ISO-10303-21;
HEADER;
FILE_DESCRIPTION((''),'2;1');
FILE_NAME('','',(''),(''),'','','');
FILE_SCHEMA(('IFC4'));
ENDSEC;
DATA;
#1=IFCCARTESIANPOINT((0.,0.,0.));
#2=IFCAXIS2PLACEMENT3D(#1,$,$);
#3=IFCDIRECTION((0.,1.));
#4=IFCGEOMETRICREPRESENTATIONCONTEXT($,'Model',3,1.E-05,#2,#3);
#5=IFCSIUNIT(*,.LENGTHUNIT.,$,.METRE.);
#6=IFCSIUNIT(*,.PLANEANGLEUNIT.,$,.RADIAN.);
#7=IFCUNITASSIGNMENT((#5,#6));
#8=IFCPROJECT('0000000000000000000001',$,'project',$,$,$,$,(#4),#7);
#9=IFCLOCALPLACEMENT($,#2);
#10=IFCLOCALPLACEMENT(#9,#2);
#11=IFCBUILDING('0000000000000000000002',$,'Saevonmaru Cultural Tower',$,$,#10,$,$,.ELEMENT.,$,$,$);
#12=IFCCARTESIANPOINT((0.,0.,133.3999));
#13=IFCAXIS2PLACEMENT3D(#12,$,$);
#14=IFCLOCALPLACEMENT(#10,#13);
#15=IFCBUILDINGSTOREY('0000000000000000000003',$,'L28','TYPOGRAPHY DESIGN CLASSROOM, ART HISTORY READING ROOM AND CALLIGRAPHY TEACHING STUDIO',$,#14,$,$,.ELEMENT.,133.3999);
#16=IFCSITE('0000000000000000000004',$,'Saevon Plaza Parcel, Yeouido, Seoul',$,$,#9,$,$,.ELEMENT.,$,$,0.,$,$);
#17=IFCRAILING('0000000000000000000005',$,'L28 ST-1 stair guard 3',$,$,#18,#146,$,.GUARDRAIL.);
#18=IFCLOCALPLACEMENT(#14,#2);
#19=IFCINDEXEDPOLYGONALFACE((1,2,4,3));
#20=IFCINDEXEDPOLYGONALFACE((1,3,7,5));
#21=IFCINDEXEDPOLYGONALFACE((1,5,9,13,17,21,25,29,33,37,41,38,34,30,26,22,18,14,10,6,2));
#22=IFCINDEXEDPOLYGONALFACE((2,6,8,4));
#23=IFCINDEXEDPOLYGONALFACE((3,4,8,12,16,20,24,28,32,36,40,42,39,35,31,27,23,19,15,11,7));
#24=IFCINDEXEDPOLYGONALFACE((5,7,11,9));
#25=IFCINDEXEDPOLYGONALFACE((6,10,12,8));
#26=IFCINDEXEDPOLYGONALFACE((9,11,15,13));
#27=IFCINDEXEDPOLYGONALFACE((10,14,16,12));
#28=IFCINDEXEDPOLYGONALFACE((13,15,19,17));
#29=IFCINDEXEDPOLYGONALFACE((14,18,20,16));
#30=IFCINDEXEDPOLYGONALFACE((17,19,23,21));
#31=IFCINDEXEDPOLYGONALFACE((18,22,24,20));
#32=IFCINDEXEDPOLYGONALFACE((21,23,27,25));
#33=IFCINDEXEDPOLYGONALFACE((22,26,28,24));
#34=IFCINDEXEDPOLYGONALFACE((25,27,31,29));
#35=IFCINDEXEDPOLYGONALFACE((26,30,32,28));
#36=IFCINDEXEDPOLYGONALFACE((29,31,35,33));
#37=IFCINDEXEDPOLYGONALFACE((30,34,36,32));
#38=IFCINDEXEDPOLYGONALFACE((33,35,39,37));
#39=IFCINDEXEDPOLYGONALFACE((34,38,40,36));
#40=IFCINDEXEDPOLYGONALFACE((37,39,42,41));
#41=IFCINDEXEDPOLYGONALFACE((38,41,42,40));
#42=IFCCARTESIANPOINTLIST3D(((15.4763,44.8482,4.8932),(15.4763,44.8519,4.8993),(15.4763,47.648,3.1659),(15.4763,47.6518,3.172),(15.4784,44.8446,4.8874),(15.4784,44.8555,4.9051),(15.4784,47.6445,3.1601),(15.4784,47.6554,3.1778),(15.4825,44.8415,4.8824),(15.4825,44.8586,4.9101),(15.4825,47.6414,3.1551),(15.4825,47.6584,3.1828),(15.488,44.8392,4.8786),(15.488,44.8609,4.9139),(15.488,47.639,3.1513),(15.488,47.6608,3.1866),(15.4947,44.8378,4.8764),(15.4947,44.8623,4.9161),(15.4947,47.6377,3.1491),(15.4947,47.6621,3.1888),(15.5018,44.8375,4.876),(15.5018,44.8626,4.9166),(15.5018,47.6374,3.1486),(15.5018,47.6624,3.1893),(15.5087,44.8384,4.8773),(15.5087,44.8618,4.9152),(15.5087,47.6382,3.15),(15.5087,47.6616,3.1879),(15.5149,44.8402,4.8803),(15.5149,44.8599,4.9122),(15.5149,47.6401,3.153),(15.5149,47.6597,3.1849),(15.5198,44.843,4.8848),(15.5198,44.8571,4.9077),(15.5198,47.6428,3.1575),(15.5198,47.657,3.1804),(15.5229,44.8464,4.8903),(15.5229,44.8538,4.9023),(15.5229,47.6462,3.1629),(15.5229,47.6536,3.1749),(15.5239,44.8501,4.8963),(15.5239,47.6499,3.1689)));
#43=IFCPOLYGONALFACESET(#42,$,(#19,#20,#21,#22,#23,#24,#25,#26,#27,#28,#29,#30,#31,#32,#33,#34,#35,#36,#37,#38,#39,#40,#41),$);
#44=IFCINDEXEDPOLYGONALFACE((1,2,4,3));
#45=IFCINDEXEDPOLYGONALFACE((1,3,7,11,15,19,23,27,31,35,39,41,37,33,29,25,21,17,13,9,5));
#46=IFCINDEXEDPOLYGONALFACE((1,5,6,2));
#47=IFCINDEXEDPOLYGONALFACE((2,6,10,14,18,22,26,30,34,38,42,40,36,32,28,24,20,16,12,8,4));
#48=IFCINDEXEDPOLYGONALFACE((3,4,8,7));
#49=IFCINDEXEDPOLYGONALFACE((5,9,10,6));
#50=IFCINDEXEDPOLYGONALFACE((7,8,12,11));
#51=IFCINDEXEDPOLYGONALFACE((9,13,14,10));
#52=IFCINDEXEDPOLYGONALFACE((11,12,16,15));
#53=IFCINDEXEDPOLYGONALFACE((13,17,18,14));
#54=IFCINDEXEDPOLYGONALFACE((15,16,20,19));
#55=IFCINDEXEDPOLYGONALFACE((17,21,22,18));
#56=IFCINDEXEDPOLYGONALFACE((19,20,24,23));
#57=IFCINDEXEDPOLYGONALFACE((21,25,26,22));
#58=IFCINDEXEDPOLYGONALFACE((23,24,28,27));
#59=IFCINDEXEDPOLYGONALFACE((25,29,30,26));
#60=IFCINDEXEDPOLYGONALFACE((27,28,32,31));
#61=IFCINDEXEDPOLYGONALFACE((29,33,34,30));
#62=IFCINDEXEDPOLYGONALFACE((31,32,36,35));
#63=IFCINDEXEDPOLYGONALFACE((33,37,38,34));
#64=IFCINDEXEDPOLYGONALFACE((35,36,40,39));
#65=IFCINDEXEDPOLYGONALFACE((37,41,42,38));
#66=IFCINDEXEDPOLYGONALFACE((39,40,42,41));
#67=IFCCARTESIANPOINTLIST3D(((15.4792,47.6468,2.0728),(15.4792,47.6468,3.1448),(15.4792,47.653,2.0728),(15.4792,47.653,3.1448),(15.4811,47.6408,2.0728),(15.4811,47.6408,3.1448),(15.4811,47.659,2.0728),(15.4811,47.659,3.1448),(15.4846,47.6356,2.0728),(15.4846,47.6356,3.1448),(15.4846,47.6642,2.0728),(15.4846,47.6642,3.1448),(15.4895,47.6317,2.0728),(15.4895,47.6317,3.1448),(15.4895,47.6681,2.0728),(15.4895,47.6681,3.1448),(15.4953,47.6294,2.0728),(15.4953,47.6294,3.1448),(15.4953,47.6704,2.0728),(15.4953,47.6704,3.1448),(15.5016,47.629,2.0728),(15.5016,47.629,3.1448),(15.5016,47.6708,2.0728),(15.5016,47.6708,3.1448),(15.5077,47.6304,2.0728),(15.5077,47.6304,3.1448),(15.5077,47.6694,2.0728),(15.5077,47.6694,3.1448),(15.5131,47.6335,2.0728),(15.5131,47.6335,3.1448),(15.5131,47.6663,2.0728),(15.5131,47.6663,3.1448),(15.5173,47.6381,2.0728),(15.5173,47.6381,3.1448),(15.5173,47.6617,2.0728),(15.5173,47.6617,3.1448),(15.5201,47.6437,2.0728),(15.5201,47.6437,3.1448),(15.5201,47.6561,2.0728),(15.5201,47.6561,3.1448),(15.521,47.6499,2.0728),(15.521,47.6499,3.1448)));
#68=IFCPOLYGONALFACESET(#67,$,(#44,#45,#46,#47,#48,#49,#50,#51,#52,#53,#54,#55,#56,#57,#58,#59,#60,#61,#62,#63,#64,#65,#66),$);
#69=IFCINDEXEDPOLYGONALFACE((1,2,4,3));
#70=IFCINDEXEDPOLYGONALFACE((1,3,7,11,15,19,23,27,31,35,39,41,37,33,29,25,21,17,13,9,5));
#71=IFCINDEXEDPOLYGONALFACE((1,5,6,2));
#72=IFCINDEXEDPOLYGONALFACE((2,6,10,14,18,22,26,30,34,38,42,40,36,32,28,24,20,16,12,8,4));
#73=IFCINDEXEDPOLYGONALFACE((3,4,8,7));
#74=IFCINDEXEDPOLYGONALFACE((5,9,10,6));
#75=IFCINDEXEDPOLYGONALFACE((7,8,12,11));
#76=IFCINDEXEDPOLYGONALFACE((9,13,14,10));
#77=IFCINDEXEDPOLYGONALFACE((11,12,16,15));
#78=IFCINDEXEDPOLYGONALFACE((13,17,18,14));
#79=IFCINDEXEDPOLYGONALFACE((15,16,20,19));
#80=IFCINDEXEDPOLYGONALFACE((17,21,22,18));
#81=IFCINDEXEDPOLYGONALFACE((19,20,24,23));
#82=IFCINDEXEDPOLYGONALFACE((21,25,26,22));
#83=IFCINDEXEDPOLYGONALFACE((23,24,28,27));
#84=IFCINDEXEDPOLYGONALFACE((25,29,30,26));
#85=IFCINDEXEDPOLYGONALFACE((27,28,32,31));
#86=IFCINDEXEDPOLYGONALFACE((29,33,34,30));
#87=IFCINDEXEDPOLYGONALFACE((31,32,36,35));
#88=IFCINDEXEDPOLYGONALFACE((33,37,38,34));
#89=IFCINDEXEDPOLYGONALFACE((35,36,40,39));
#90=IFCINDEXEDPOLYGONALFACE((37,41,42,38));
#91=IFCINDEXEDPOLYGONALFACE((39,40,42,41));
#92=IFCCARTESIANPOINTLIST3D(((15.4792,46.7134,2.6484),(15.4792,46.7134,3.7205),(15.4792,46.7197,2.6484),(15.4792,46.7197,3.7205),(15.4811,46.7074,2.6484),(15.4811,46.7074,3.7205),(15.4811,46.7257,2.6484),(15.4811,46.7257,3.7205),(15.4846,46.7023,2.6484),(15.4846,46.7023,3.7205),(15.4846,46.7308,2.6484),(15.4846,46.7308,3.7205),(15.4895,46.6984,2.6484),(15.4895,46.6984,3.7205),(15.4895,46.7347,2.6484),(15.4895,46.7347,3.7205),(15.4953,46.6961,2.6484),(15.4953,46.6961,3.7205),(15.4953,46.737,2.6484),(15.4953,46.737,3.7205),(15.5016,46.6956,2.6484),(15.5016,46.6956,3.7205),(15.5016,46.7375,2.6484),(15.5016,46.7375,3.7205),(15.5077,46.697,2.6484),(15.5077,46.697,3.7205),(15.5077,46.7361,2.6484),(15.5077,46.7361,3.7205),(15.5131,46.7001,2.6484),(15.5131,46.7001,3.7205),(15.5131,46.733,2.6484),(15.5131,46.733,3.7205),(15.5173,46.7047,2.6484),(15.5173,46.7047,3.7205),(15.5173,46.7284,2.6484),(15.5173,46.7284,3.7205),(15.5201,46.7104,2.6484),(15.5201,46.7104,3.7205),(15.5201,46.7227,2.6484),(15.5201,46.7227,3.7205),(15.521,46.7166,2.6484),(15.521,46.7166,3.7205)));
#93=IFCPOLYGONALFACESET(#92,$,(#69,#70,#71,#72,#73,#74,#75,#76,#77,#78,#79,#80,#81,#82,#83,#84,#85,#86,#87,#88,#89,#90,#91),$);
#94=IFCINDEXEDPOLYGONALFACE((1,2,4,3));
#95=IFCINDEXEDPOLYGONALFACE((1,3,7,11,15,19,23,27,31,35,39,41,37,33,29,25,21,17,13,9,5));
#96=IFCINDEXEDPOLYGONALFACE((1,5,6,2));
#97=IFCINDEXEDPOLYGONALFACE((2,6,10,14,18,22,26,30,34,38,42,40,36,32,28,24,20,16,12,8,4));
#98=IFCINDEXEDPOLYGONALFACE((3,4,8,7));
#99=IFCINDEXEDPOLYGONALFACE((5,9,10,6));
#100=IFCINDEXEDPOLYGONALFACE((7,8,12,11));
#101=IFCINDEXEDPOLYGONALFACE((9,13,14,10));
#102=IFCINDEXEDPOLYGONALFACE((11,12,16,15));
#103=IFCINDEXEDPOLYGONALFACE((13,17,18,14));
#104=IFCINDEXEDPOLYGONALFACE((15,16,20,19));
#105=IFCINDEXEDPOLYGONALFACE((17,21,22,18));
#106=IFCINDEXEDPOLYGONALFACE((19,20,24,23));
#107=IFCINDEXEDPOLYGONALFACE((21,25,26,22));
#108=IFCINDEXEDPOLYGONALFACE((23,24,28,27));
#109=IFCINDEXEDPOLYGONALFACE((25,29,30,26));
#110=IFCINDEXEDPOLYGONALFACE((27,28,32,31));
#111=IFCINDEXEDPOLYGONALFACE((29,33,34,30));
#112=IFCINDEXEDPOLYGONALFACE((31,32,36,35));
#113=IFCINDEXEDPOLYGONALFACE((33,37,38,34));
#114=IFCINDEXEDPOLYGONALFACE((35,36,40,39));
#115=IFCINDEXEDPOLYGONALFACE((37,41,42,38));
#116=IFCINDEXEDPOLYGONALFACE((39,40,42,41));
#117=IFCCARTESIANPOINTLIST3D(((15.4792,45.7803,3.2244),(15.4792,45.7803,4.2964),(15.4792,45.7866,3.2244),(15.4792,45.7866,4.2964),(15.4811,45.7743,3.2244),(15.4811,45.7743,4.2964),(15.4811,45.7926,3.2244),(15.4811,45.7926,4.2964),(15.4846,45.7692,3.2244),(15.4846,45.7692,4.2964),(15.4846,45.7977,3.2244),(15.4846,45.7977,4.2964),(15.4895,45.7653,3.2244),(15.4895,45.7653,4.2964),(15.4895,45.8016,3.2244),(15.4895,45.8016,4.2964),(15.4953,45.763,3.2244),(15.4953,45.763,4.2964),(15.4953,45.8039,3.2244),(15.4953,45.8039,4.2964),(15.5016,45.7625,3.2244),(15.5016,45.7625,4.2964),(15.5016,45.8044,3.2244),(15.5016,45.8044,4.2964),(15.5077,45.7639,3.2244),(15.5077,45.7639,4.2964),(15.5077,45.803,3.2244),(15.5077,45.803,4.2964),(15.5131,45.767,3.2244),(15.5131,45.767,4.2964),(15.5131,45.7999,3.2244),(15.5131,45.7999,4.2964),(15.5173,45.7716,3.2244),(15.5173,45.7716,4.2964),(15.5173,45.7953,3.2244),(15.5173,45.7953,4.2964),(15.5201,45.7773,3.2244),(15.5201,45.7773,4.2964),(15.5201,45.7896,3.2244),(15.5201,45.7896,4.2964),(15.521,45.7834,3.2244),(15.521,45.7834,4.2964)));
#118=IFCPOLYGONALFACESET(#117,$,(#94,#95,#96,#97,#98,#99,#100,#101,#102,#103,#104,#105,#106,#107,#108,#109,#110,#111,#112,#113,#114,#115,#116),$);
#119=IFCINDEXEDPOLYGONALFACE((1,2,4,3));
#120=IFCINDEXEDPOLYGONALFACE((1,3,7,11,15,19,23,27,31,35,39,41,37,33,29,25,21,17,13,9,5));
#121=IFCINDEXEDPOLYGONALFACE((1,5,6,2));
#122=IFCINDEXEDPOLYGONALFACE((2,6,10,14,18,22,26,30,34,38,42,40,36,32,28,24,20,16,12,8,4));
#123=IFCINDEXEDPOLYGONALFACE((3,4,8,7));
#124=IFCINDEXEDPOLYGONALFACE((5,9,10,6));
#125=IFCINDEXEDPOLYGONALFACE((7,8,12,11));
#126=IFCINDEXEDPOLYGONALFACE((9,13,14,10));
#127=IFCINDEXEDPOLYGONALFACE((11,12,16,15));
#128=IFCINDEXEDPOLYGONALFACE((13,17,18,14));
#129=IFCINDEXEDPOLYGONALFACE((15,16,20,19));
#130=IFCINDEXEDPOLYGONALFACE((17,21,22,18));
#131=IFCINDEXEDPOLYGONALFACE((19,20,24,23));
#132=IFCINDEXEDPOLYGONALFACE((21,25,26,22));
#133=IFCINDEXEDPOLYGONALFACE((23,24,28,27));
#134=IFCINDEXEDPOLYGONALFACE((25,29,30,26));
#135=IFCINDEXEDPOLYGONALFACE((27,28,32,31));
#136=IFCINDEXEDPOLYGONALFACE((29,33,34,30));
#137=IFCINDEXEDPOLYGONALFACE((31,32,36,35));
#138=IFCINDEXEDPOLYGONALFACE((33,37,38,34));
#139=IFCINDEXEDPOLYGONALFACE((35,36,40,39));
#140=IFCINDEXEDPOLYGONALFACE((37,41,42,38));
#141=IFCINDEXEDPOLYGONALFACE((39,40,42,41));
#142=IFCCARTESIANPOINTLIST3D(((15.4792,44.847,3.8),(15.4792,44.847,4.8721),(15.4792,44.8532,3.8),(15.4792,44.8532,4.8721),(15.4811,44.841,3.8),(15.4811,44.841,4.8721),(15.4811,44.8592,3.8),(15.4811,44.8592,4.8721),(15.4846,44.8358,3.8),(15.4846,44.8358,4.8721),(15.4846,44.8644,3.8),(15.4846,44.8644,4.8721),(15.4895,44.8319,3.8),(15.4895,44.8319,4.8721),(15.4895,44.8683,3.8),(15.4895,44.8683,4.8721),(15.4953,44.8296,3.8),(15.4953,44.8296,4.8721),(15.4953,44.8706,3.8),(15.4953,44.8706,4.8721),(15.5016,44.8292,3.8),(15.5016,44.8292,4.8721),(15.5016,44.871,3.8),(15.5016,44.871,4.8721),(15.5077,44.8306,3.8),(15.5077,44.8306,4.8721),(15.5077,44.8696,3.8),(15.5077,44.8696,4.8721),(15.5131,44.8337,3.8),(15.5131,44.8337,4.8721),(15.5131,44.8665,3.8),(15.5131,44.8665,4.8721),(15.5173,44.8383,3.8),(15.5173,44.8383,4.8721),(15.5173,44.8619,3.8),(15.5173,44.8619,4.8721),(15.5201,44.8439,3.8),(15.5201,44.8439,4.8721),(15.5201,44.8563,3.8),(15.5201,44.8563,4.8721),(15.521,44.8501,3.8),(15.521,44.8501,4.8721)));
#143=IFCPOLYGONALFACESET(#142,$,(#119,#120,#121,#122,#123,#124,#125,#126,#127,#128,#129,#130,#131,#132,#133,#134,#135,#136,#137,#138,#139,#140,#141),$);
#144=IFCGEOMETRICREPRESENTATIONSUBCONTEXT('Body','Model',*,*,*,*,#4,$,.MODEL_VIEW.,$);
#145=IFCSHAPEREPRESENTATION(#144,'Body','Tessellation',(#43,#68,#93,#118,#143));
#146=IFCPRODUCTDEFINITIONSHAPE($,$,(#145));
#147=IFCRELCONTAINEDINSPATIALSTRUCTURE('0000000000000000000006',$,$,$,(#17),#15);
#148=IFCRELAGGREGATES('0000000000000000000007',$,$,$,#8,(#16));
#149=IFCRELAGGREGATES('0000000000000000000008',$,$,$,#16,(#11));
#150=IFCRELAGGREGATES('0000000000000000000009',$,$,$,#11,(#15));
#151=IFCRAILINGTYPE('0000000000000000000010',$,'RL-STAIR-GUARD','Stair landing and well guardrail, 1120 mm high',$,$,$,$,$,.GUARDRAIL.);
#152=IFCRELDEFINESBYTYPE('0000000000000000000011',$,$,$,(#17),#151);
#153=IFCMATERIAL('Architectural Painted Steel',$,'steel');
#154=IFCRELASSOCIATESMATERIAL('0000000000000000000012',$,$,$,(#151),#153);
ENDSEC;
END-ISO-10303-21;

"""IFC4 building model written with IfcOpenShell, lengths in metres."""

from ifc_helpers import new_model, si_unit, direction, frame, origin, origin_2d, place, context, subcontext, project, spatial, circle, extrude, material, type_object, element, save


model = new_model("IFC4")

# Units and contexts
model_context = context("Model", 3, precision=1e-05, world=origin(), true_north=direction((0.0, 1.0)))
body_context = subcontext(model_context, "Body", "Model", "MODEL_VIEW")
ifc_project = project(units=[si_unit("LENGTHUNIT", "METRE"), si_unit("PLANEANGLEUNIT", "RADIAN")], contexts=[model_context])

# Site, building, storey
site_placement = place(None, origin())
site = spatial("IfcSite", under=ifc_project, at=site_placement, Name="Saevon Plaza Parcel, Yeouido, Seoul", CompositionType="ELEMENT", RefElevation=0.0)
building_placement = place(site_placement, origin())
building = spatial("IfcBuilding", under=site, at=building_placement, Name="Saevonmaru Cultural Tower", CompositionType="ELEMENT")
storey_placement = place(building_placement, frame((0.0, 0.0, 133.3999)))
storey = spatial("IfcBuildingStorey", under=building, at=storey_placement, Name="L28", Description="TYPOGRAPHY DESIGN CLASSROOM, ART HISTORY READING ROOM AND CALLIGRAPHY TEACHING STUDIO", CompositionType="ELEMENT", Elevation=133.3999)

# Railing
ifc_material_1 = material(Name="Architectural Painted Steel", Category="steel")
railing_type_1 = type_object("IfcRailingType", Name="RL-STAIR-GUARD", Description="Stair landing and well guardrail, 1120 mm high", PredefinedType="GUARDRAIL", material=ifc_material_1)
railing_1_placement = place(storey_placement, frame((15.5, 47.6499, 2.0728)))
element("IfcRailing", 1, at=railing_1_placement, inside=storey, type_object=railing_type_1, Name="L28 ST-1 stair guard 3", PredefinedType="GUARDRAIL", context=body_context, shape_type="SweptSolid", body=[
    extrude(circle(Radius=0.0239, at=origin_2d()), frame((0.0, 0.0, 1.0962), z_axis=(0.0, -0.851069, 0.525054), x_axis=(1.0, 0.0, 0.0)), (0.0, 0.0, 1.0), 3.2898),
    extrude(circle(Radius=0.021, at=origin_2d()), origin(), (0.0, 0.0, 1.0), 1.072),
    extrude(circle(Radius=0.021, at=origin_2d()), frame((0.0, -0.9333, 0.5757)), (0.0, 0.0, 1.0), 1.072),
    extrude(circle(Radius=0.021, at=origin_2d()), frame((0.0, -1.8665, 1.1516)), (0.0, 0.0, 1.0), 1.072),
    extrude(circle(Radius=0.021, at=origin_2d()), frame((0.0, -2.7998, 1.7273)), (0.0, 0.0, 1.0), 1.072),
])

save(model, "model.ifc")
